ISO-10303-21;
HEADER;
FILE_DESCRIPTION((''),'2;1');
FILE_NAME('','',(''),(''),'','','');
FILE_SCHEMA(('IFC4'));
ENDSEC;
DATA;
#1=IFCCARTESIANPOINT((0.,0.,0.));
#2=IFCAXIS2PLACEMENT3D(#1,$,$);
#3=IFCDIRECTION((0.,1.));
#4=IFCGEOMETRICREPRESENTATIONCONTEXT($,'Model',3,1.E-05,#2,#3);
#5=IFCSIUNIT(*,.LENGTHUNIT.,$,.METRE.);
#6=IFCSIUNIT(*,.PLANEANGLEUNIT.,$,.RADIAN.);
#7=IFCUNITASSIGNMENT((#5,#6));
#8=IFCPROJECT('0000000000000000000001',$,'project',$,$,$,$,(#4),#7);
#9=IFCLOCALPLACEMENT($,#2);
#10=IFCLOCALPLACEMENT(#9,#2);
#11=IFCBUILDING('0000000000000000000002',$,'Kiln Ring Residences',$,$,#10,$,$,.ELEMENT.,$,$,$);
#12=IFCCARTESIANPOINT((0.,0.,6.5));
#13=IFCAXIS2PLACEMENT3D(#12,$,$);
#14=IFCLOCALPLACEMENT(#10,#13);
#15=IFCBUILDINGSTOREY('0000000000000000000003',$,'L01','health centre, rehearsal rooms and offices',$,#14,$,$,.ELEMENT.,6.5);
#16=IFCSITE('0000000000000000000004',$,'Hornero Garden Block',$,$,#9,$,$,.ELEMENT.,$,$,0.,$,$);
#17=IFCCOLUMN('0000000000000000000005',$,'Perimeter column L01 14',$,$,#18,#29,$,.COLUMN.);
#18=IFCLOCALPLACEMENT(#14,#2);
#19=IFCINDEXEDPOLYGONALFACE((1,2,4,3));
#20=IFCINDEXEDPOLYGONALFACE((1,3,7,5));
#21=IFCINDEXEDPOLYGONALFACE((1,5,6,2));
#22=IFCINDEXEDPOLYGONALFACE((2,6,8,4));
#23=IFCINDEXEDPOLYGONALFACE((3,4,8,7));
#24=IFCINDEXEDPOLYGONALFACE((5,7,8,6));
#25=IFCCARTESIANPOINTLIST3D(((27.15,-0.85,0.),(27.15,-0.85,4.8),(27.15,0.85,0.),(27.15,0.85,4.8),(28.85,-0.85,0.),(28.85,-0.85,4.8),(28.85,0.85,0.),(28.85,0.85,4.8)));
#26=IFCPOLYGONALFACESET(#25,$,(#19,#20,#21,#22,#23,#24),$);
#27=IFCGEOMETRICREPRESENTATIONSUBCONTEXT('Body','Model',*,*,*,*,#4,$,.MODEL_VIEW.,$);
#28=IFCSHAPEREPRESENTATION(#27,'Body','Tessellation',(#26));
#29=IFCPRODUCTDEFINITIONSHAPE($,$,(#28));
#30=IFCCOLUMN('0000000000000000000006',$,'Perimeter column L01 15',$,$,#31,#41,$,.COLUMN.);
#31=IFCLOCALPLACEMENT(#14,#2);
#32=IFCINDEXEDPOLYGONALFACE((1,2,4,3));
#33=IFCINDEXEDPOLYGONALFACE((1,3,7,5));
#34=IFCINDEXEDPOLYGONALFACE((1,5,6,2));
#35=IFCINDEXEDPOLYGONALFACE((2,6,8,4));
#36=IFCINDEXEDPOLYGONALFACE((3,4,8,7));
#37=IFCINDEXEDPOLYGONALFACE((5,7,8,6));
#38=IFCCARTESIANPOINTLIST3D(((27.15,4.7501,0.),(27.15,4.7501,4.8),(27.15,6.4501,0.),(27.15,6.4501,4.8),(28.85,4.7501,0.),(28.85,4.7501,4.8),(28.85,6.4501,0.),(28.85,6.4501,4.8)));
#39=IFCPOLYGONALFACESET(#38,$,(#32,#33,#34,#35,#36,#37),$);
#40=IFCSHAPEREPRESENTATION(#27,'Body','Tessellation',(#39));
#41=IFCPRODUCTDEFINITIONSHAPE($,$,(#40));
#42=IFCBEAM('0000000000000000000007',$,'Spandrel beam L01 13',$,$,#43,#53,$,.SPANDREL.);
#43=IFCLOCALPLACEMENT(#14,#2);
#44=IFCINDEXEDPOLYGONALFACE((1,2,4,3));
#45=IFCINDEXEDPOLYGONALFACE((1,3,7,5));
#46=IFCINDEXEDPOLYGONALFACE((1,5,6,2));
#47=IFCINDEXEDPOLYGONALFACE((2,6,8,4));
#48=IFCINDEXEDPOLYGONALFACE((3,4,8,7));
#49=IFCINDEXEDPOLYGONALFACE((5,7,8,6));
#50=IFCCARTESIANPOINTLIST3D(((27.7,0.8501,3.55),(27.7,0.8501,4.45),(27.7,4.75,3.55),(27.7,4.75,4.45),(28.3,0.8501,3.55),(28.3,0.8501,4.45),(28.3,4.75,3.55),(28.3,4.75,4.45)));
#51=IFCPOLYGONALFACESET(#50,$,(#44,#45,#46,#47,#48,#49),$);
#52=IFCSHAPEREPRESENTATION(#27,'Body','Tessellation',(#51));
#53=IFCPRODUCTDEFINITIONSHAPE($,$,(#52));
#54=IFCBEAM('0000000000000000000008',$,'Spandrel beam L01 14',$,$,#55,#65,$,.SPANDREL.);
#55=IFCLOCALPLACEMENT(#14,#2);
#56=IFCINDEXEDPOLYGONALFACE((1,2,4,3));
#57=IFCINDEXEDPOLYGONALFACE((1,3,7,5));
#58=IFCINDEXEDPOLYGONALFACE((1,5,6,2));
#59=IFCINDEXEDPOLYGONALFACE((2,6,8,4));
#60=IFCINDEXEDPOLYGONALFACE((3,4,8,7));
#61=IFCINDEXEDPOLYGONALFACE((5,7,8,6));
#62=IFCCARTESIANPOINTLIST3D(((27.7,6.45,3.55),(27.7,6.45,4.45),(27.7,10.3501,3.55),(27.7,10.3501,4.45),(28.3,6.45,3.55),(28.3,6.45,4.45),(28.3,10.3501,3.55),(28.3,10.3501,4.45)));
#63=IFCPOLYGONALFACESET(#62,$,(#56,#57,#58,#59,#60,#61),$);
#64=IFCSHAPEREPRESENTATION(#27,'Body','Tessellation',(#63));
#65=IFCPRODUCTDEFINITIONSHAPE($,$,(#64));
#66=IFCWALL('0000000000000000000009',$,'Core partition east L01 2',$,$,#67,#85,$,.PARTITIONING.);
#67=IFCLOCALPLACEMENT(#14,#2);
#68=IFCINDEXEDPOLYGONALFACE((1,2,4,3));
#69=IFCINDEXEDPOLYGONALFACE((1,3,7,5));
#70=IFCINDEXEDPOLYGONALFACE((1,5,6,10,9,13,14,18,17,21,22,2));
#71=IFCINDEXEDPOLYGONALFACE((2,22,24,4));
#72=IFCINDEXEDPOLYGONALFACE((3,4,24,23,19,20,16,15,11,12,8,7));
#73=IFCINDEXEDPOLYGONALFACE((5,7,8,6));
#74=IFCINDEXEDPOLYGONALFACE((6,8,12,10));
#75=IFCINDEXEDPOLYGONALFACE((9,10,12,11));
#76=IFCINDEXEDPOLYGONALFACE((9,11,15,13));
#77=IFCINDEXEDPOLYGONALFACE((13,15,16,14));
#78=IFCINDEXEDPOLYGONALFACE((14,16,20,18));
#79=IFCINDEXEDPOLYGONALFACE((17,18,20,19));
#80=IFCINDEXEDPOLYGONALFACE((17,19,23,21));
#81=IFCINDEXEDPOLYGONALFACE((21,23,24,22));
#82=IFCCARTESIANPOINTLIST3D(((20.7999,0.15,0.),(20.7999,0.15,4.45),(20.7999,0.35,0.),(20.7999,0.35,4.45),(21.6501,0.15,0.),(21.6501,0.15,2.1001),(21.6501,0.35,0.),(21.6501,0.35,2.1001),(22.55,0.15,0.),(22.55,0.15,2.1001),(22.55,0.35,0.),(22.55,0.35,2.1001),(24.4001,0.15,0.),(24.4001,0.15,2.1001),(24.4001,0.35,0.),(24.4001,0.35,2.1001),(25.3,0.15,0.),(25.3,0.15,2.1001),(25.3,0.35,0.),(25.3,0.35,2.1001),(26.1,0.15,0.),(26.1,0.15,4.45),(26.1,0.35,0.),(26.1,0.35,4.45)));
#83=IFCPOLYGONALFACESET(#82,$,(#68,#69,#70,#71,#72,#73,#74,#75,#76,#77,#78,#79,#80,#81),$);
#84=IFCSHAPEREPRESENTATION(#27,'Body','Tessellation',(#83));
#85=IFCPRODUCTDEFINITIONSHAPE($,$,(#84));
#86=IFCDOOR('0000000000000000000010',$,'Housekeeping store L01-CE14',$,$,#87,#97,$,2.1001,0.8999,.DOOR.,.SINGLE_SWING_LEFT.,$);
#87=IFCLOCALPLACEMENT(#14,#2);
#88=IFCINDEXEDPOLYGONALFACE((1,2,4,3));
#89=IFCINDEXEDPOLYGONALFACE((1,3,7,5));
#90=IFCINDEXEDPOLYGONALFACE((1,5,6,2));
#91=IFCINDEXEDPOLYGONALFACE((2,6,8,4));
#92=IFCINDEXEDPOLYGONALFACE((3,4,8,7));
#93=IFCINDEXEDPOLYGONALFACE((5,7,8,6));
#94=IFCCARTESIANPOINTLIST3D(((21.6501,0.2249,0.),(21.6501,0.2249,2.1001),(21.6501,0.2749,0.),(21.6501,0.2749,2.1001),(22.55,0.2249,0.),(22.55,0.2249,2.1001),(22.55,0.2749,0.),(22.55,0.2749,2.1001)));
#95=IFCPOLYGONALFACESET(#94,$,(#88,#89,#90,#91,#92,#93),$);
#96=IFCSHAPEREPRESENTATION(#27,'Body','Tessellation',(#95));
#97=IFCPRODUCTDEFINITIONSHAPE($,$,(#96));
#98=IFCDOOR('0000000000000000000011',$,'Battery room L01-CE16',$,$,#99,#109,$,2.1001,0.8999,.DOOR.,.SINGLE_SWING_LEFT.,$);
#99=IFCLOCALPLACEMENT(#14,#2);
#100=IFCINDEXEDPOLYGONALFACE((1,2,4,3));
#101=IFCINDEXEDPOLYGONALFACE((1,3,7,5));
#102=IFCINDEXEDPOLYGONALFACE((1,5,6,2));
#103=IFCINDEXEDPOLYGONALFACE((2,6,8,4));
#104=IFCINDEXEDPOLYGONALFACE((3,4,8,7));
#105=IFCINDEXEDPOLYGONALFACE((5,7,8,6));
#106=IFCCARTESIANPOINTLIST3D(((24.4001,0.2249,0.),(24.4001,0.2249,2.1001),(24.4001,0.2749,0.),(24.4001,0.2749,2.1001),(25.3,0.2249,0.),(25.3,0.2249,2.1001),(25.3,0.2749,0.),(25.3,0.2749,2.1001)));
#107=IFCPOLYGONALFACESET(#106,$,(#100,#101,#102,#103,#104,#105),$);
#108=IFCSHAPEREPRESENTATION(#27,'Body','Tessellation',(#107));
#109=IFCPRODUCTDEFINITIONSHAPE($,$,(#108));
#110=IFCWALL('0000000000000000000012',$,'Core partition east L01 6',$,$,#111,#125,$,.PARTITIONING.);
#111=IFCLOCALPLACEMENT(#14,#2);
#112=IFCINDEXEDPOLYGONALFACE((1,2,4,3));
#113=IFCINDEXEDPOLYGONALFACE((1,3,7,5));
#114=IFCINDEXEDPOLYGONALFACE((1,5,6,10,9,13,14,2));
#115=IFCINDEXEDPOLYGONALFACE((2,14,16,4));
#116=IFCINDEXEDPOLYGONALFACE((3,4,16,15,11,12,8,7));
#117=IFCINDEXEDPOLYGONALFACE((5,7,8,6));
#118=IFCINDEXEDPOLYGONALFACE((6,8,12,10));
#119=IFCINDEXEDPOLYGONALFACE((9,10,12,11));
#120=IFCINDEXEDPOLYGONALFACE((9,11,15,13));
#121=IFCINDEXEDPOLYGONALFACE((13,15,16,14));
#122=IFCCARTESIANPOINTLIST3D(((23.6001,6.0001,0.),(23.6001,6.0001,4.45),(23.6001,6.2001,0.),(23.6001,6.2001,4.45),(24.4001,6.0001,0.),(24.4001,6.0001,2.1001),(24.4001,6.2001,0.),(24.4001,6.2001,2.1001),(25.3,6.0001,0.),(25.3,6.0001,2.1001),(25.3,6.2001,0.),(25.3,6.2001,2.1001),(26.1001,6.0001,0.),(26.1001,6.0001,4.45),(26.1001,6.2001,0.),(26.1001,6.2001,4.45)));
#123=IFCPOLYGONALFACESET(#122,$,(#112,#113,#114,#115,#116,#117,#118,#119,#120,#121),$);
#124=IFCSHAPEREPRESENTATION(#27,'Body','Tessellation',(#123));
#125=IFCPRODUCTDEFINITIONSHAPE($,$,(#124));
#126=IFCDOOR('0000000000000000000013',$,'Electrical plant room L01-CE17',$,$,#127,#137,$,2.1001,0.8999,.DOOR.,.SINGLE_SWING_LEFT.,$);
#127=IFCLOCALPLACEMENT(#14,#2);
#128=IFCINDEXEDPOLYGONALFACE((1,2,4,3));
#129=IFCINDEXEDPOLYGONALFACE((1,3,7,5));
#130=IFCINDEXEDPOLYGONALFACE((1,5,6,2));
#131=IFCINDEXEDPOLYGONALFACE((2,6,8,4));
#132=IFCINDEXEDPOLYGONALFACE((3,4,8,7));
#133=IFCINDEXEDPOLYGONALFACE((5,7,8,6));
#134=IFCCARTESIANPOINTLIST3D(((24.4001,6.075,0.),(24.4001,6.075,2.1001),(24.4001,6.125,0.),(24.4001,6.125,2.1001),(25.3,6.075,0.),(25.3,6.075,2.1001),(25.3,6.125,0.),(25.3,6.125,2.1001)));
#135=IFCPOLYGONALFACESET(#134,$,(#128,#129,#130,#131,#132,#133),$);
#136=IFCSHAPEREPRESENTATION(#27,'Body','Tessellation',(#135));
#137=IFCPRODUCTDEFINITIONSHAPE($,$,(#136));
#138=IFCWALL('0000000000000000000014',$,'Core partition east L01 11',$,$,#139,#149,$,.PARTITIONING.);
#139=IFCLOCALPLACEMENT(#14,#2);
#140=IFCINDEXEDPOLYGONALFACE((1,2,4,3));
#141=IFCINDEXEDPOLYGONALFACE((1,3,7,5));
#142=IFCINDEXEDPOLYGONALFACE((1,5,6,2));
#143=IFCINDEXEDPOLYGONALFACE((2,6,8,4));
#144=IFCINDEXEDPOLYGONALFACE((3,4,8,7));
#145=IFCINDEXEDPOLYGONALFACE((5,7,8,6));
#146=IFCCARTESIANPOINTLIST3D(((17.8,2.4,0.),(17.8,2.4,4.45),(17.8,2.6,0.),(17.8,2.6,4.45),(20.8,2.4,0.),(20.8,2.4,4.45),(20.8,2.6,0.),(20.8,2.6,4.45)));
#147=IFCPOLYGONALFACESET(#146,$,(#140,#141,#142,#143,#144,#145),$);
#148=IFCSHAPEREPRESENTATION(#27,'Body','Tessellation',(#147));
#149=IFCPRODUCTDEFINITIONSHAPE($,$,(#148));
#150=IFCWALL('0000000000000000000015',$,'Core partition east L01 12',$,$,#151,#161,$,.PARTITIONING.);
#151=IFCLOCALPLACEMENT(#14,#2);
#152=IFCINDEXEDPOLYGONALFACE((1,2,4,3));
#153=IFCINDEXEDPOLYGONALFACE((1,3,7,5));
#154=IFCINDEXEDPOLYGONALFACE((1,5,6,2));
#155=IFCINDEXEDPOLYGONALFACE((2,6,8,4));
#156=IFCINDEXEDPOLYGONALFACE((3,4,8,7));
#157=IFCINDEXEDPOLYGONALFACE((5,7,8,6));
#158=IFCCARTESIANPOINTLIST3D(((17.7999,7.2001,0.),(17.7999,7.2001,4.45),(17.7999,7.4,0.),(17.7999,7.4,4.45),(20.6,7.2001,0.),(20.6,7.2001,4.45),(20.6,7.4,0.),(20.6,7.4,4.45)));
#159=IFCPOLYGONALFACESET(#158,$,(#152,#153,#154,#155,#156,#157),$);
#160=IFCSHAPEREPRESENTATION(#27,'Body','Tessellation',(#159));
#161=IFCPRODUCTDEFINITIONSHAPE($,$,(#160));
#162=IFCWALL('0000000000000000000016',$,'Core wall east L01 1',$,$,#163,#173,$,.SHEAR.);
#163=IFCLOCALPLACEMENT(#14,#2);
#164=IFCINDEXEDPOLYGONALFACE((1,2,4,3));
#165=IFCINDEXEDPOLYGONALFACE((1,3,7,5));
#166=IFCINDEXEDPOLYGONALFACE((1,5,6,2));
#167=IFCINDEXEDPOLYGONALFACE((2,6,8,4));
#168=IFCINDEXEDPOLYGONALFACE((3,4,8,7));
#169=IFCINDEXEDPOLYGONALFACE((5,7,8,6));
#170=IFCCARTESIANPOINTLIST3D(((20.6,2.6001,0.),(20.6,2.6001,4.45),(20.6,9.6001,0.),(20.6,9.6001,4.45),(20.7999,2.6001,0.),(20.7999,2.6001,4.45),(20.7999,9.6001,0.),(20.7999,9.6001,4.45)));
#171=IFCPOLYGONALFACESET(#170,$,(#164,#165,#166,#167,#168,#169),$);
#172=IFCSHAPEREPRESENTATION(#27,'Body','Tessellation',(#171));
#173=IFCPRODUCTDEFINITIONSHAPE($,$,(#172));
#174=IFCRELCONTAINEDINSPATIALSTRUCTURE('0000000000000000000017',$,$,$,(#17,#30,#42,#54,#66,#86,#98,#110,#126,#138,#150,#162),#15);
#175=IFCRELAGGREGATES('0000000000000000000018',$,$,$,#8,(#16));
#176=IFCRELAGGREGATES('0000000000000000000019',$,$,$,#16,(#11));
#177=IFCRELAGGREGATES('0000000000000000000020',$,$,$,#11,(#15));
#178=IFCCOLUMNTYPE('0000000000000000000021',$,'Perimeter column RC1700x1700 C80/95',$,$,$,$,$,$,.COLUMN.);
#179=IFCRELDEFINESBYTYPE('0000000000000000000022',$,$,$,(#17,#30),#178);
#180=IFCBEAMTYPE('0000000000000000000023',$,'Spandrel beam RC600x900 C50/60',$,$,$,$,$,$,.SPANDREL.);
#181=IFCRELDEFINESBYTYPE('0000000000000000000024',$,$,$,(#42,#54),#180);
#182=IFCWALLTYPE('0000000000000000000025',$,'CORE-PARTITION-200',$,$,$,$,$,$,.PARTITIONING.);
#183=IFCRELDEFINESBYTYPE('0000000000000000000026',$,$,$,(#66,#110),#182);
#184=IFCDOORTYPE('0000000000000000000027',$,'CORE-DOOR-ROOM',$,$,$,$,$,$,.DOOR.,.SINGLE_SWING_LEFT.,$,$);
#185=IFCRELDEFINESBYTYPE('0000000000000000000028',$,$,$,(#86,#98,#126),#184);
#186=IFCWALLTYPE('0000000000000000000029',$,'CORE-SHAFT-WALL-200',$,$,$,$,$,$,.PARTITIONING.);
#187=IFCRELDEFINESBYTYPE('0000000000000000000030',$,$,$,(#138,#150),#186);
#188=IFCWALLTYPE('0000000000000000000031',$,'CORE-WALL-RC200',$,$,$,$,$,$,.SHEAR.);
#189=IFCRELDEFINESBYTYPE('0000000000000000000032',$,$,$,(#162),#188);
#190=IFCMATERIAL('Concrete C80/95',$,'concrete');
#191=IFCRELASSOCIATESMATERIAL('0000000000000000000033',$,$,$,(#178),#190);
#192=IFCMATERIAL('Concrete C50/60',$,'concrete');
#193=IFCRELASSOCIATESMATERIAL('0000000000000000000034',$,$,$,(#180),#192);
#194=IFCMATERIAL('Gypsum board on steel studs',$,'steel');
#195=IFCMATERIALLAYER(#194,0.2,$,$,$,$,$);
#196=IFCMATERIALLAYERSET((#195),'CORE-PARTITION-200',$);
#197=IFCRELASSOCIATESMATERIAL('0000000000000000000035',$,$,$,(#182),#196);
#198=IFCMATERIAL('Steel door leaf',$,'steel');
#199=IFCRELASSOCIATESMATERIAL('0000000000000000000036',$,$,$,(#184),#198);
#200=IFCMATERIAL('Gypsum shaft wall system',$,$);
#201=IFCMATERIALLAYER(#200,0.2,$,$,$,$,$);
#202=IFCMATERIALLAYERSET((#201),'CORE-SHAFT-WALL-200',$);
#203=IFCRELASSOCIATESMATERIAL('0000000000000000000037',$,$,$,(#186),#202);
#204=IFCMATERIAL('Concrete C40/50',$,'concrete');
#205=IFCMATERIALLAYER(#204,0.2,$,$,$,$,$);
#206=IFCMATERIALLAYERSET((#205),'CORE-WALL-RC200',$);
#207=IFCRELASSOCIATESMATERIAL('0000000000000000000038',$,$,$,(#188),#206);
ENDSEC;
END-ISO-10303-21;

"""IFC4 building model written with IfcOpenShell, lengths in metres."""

from ifc_helpers import new_model, si_unit, direction, frame, frame_2d, origin, origin_2d, place, context, subcontext, project, spatial, rectangle, extrude, material, layer, layer_set, material_profile, profile_set, type_object, element, fill, save


model = new_model("IFC4")

# Units and contexts
model_context = context("Model", 3, precision=1e-05, world=origin(), true_north=direction((0.0, 1.0)))
body_context = subcontext(model_context, "Body", "Model", "MODEL_VIEW")
ifc_project = project(units=[si_unit("LENGTHUNIT", "METRE"), si_unit("PLANEANGLEUNIT", "RADIAN")], contexts=[model_context])

# Site, building, storey
site_placement = place(None, origin())
site = spatial("IfcSite", under=ifc_project, at=site_placement, Name="Hornero Garden Block", CompositionType="ELEMENT", RefElevation=0.0)
building_placement = place(site_placement, origin())
building = spatial("IfcBuilding", under=site, at=building_placement, Name="Kiln Ring Residences", CompositionType="ELEMENT")
storey_placement = place(building_placement, frame((0.0, 0.0, 6.5)))
storey = spatial("IfcBuildingStorey", under=building, at=storey_placement, Name="L01", Description="health centre, rehearsal rooms and offices", CompositionType="ELEMENT", Elevation=6.5)

# Columns
ifc_material_1 = material(Name="Concrete C80/95", Category="concrete")
ifc_material_profile_1 = material_profile(ifc_material_1, rectangle(XDim=1.7, YDim=1.7, at=origin_2d()), Name="RC1700x1700")
ifc_profile_set_1 = profile_set([ifc_material_profile_1], Name="Concrete C80/95")
column_type = type_object("IfcColumnType", Name="Perimeter column RC1700x1700 C80/95", PredefinedType="COLUMN", material=ifc_profile_set_1)
for number, where, z_axis, x_axis, name in (
    (1, (28.0, 0.0, 0.0), (0.0, 0.0, 1.0), (1.0, 0.0, 0.0), "Perimeter column L01 14"),
    (2, (28.0, 5.6001, 0.0), (0.0, 0.0, 1.0), (1.0, 0.0, 0.0), "Perimeter column L01 15"),
):
    element("IfcColumn", number, at=place(storey_placement, frame(where, z_axis=z_axis, x_axis=x_axis)), inside=storey, type_object=column_type, Name=name, PredefinedType="COLUMN", context=body_context, shape_type="SweptSolid", body=[
        extrude(rectangle(XDim=1.7, YDim=1.7, at=origin_2d()), origin(), (0.0, 0.0, 1.0), 4.8),
    ])

# Beams
ifc_material_2 = material(Name="Concrete C50/60", Category="concrete")
ifc_material_profile_2 = material_profile(ifc_material_2, rectangle(XDim=0.6001, YDim=0.8999, at=origin_2d()), Name="RC600x900")
ifc_profile_set_2 = profile_set([ifc_material_profile_2], Name="Concrete C50/60")
beam_type = type_object("IfcBeamType", Name="Spandrel beam RC600x900 C50/60", PredefinedType="SPANDREL", material=ifc_profile_set_2)
beam_1_placement = place(storey_placement, frame((28.0, 0.8501, 4.0), z_axis=(0.0, 1.0, 0.0), x_axis=(-1.0, 0.0, 0.0)))
element("IfcBeam", 3, at=beam_1_placement, inside=storey, type_object=beam_type, Name="Spandrel beam L01 13", PredefinedType="SPANDREL", context=body_context, shape_type="SweptSolid", body=[
    extrude(rectangle(XDim=0.6001, YDim=0.8999, at=origin_2d()), origin(), (0.0, 0.0, 1.0), 3.8999),
])
beam_2_placement = place(storey_placement, frame((28.0, 6.45, 4.0), z_axis=(0.0, 1.0, 0.0), x_axis=(-1.0, 0.0, 0.0)))
element("IfcBeam", 4, at=beam_2_placement, inside=storey, type_object=beam_type, Name="Spandrel beam L01 14", PredefinedType="SPANDREL", context=body_context, shape_type="SweptSolid", body=[
    extrude(rectangle(XDim=0.6001, YDim=0.8999, at=origin_2d()), origin(), (0.0, 0.0, 1.0), 3.9001),
])

# Wall, openings, doors
ifc_material_3 = material(Name="Gypsum board on steel studs", Category="steel")
ifc_layer_1 = layer(ifc_material_3, 0.2)
ifc_layer_set_1 = layer_set([ifc_layer_1], Name="CORE-PARTITION-200")
wall_type_1 = type_object("IfcWallType", Name="CORE-PARTITION-200", PredefinedType="PARTITIONING", material=ifc_layer_set_1)
wall_1_placement = place(storey_placement, frame((20.8, 0.25, 0.0), z_axis=(0.0, 0.0, 1.0), x_axis=(1.0, 0.0, 0.0)))
wall_1 = element("IfcWall", 5, at=wall_1_placement, inside=storey, type_object=wall_type_1, Name="Core partition east L01 2", PredefinedType="PARTITIONING", context=body_context, shape_type="SweptSolid", body=[
    extrude(rectangle(XDim=5.3, YDim=0.2, at=frame_2d((2.6499, 0.0))), origin(), (0.0, 0.0, 1.0), 4.45),
])
opening_1_placement = place(wall_1_placement, frame((0.8501, 0.0, 0.0)))
opening_1 = element("IfcOpeningElement", 6, at=opening_1_placement, cuts=wall_1, PredefinedType="OPENING", context=body_context, shape_type="SweptSolid", body=[
    extrude(rectangle(XDim=0.8999, YDim=2.1001, at=frame_2d((0.45, 1.05))), frame((0.0, 0.1099, 0.0), z_axis=(0.0, -1.0, 0.0), x_axis=(1.0, 0.0, 0.0)), (0.0, 0.0, 1.0), 0.22),
])
opening_2_placement = place(wall_1_placement, frame((3.6001, 0.0, 0.0)))
opening_2 = element("IfcOpeningElement", 7, at=opening_2_placement, cuts=wall_1, PredefinedType="OPENING", context=body_context, shape_type="SweptSolid", body=[
    extrude(rectangle(XDim=0.8999, YDim=2.1001, at=frame_2d((0.45, 1.05))), frame((0.0, 0.1099, 0.0), z_axis=(0.0, -1.0, 0.0), x_axis=(1.0, 0.0, 0.0)), (0.0, 0.0, 1.0), 0.22),
])
ifc_material_4 = material(Name="Steel door leaf", Category="steel")
door_type = type_object("IfcDoorType", Name="CORE-DOOR-ROOM", OperationType="SINGLE_SWING_LEFT", PredefinedType="DOOR", material=ifc_material_4)
door_1_placement = place(opening_1_placement, origin())
door_1 = element("IfcDoor", 8, at=door_1_placement, inside=storey, type_object=door_type, Name="Housekeeping store L01-CE14", OperationType="SINGLE_SWING_LEFT", OverallHeight=2.1001, OverallWidth=0.8999, PredefinedType="DOOR", context=body_context, shape_type="SweptSolid", body=[
    extrude(rectangle(XDim=0.8999, YDim=2.1001, at=frame_2d((0.45, 1.05))), frame((0.0, 0.0249, 0.0), z_axis=(0.0, -1.0, 0.0), x_axis=(1.0, 0.0, 0.0)), (0.0, 0.0, 1.0), 0.05),
])
fill(opening_1, door_1)
door_2_placement = place(opening_2_placement, origin())
door_2 = element("IfcDoor", 9, at=door_2_placement, inside=storey, type_object=door_type, Name="Battery room L01-CE16", OperationType="SINGLE_SWING_LEFT", OverallHeight=2.1001, OverallWidth=0.8999, PredefinedType="DOOR", context=body_context, shape_type="SweptSolid", body=[
    extrude(rectangle(XDim=0.8999, YDim=2.1001, at=frame_2d((0.45, 1.05))), frame((0.0, 0.0249, 0.0), z_axis=(0.0, -1.0, 0.0), x_axis=(1.0, 0.0, 0.0)), (0.0, 0.0, 1.0), 0.05),
])
fill(opening_2, door_2)

# Wall, opening, door
wall_2_placement = place(storey_placement, frame((23.6001, 6.1001, 0.0), z_axis=(0.0, 0.0, 1.0), x_axis=(1.0, 0.0, 0.0)))
wall_2 = element("IfcWall", 10, at=wall_2_placement, inside=storey, type_object=wall_type_1, Name="Core partition east L01 6", PredefinedType="PARTITIONING", context=body_context, shape_type="SweptSolid", body=[
    extrude(rectangle(XDim=2.5, YDim=0.2, at=frame_2d((1.25, 0.0))), origin(), (0.0, 0.0, 1.0), 4.45),
])
opening_3_placement = place(wall_2_placement, frame((0.8, 0.0, 0.0)))
opening_3 = element("IfcOpeningElement", 11, at=opening_3_placement, cuts=wall_2, PredefinedType="OPENING", context=body_context, shape_type="SweptSolid", body=[
    extrude(rectangle(XDim=0.8999, YDim=2.1001, at=frame_2d((0.45, 1.05))), frame((0.0, 0.1099, 0.0), z_axis=(0.0, -1.0, 0.0), x_axis=(1.0, 0.0, 0.0)), (0.0, 0.0, 1.0), 0.22),
])
door_3_placement = place(opening_3_placement, origin())
door_3 = element("IfcDoor", 12, at=door_3_placement, inside=storey, type_object=door_type, Name="Electrical plant room L01-CE17", OperationType="SINGLE_SWING_LEFT", OverallHeight=2.1001, OverallWidth=0.8999, PredefinedType="DOOR", context=body_context, shape_type="SweptSolid", body=[
    extrude(rectangle(XDim=0.8999, YDim=2.1001, at=frame_2d((0.45, 1.05))), frame((0.0, 0.0249, 0.0), z_axis=(0.0, -1.0, 0.0), x_axis=(1.0, 0.0, 0.0)), (0.0, 0.0, 1.0), 0.05),
])
fill(opening_3, door_3)

# Walls
ifc_material_5 = material(Name="Gypsum shaft wall system")
ifc_layer_2 = layer(ifc_material_5, 0.2)
ifc_layer_set_2 = layer_set([ifc_layer_2], Name="CORE-SHAFT-WALL-200")
wall_type_2 = type_object("IfcWallType", Name="CORE-SHAFT-WALL-200", PredefinedType="PARTITIONING", material=ifc_layer_set_2)
wall_3_placement = place(storey_placement, frame((17.8, 2.5, 0.0), z_axis=(0.0, 0.0, 1.0), x_axis=(1.0, 0.0, 0.0)))
element("IfcWall", 13, at=wall_3_placement, inside=storey, type_object=wall_type_2, Name="Core partition east L01 11", PredefinedType="PARTITIONING", context=body_context, shape_type="SweptSolid", body=[
    extrude(rectangle(XDim=3.0, YDim=0.2, at=frame_2d((1.5, 0.0))), origin(), (0.0, 0.0, 1.0), 4.45),
])
wall_4_placement = place(storey_placement, frame((17.8, 7.3, 0.0), z_axis=(0.0, 0.0, 1.0), x_axis=(1.0, 0.0, 0.0)))
element("IfcWall", 14, at=wall_4_placement, inside=storey, type_object=wall_type_2, Name="Core partition east L01 12", PredefinedType="PARTITIONING", context=body_context, shape_type="SweptSolid", body=[
    extrude(rectangle(XDim=2.8, YDim=0.2, at=frame_2d((1.3999, 0.0))), origin(), (0.0, 0.0, 1.0), 4.45),
])
ifc_material_6 = material(Name="Concrete C40/50", Category="concrete")
ifc_layer_3 = layer(ifc_material_6, 0.2)
ifc_layer_set_3 = layer_set([ifc_layer_3], Name="CORE-WALL-RC200")
wall_type_3 = type_object("IfcWallType", Name="CORE-WALL-RC200", PredefinedType="SHEAR", material=ifc_layer_set_3)
wall_5_placement = place(storey_placement, frame((20.7, 2.6001, 0.0), z_axis=(0.0, 0.0, 1.0), x_axis=(0.0, 1.0, 0.0)))
element("IfcWall", 15, at=wall_5_placement, inside=storey, type_object=wall_type_3, Name="Core wall east L01 1", PredefinedType="SHEAR", context=body_context, shape_type="SweptSolid", body=[
    extrude(rectangle(XDim=7.0, YDim=0.2, at=frame_2d((3.5, 0.0))), origin(), (0.0, 0.0, 1.0), 4.45),
])

save(model, "model.ifc")
